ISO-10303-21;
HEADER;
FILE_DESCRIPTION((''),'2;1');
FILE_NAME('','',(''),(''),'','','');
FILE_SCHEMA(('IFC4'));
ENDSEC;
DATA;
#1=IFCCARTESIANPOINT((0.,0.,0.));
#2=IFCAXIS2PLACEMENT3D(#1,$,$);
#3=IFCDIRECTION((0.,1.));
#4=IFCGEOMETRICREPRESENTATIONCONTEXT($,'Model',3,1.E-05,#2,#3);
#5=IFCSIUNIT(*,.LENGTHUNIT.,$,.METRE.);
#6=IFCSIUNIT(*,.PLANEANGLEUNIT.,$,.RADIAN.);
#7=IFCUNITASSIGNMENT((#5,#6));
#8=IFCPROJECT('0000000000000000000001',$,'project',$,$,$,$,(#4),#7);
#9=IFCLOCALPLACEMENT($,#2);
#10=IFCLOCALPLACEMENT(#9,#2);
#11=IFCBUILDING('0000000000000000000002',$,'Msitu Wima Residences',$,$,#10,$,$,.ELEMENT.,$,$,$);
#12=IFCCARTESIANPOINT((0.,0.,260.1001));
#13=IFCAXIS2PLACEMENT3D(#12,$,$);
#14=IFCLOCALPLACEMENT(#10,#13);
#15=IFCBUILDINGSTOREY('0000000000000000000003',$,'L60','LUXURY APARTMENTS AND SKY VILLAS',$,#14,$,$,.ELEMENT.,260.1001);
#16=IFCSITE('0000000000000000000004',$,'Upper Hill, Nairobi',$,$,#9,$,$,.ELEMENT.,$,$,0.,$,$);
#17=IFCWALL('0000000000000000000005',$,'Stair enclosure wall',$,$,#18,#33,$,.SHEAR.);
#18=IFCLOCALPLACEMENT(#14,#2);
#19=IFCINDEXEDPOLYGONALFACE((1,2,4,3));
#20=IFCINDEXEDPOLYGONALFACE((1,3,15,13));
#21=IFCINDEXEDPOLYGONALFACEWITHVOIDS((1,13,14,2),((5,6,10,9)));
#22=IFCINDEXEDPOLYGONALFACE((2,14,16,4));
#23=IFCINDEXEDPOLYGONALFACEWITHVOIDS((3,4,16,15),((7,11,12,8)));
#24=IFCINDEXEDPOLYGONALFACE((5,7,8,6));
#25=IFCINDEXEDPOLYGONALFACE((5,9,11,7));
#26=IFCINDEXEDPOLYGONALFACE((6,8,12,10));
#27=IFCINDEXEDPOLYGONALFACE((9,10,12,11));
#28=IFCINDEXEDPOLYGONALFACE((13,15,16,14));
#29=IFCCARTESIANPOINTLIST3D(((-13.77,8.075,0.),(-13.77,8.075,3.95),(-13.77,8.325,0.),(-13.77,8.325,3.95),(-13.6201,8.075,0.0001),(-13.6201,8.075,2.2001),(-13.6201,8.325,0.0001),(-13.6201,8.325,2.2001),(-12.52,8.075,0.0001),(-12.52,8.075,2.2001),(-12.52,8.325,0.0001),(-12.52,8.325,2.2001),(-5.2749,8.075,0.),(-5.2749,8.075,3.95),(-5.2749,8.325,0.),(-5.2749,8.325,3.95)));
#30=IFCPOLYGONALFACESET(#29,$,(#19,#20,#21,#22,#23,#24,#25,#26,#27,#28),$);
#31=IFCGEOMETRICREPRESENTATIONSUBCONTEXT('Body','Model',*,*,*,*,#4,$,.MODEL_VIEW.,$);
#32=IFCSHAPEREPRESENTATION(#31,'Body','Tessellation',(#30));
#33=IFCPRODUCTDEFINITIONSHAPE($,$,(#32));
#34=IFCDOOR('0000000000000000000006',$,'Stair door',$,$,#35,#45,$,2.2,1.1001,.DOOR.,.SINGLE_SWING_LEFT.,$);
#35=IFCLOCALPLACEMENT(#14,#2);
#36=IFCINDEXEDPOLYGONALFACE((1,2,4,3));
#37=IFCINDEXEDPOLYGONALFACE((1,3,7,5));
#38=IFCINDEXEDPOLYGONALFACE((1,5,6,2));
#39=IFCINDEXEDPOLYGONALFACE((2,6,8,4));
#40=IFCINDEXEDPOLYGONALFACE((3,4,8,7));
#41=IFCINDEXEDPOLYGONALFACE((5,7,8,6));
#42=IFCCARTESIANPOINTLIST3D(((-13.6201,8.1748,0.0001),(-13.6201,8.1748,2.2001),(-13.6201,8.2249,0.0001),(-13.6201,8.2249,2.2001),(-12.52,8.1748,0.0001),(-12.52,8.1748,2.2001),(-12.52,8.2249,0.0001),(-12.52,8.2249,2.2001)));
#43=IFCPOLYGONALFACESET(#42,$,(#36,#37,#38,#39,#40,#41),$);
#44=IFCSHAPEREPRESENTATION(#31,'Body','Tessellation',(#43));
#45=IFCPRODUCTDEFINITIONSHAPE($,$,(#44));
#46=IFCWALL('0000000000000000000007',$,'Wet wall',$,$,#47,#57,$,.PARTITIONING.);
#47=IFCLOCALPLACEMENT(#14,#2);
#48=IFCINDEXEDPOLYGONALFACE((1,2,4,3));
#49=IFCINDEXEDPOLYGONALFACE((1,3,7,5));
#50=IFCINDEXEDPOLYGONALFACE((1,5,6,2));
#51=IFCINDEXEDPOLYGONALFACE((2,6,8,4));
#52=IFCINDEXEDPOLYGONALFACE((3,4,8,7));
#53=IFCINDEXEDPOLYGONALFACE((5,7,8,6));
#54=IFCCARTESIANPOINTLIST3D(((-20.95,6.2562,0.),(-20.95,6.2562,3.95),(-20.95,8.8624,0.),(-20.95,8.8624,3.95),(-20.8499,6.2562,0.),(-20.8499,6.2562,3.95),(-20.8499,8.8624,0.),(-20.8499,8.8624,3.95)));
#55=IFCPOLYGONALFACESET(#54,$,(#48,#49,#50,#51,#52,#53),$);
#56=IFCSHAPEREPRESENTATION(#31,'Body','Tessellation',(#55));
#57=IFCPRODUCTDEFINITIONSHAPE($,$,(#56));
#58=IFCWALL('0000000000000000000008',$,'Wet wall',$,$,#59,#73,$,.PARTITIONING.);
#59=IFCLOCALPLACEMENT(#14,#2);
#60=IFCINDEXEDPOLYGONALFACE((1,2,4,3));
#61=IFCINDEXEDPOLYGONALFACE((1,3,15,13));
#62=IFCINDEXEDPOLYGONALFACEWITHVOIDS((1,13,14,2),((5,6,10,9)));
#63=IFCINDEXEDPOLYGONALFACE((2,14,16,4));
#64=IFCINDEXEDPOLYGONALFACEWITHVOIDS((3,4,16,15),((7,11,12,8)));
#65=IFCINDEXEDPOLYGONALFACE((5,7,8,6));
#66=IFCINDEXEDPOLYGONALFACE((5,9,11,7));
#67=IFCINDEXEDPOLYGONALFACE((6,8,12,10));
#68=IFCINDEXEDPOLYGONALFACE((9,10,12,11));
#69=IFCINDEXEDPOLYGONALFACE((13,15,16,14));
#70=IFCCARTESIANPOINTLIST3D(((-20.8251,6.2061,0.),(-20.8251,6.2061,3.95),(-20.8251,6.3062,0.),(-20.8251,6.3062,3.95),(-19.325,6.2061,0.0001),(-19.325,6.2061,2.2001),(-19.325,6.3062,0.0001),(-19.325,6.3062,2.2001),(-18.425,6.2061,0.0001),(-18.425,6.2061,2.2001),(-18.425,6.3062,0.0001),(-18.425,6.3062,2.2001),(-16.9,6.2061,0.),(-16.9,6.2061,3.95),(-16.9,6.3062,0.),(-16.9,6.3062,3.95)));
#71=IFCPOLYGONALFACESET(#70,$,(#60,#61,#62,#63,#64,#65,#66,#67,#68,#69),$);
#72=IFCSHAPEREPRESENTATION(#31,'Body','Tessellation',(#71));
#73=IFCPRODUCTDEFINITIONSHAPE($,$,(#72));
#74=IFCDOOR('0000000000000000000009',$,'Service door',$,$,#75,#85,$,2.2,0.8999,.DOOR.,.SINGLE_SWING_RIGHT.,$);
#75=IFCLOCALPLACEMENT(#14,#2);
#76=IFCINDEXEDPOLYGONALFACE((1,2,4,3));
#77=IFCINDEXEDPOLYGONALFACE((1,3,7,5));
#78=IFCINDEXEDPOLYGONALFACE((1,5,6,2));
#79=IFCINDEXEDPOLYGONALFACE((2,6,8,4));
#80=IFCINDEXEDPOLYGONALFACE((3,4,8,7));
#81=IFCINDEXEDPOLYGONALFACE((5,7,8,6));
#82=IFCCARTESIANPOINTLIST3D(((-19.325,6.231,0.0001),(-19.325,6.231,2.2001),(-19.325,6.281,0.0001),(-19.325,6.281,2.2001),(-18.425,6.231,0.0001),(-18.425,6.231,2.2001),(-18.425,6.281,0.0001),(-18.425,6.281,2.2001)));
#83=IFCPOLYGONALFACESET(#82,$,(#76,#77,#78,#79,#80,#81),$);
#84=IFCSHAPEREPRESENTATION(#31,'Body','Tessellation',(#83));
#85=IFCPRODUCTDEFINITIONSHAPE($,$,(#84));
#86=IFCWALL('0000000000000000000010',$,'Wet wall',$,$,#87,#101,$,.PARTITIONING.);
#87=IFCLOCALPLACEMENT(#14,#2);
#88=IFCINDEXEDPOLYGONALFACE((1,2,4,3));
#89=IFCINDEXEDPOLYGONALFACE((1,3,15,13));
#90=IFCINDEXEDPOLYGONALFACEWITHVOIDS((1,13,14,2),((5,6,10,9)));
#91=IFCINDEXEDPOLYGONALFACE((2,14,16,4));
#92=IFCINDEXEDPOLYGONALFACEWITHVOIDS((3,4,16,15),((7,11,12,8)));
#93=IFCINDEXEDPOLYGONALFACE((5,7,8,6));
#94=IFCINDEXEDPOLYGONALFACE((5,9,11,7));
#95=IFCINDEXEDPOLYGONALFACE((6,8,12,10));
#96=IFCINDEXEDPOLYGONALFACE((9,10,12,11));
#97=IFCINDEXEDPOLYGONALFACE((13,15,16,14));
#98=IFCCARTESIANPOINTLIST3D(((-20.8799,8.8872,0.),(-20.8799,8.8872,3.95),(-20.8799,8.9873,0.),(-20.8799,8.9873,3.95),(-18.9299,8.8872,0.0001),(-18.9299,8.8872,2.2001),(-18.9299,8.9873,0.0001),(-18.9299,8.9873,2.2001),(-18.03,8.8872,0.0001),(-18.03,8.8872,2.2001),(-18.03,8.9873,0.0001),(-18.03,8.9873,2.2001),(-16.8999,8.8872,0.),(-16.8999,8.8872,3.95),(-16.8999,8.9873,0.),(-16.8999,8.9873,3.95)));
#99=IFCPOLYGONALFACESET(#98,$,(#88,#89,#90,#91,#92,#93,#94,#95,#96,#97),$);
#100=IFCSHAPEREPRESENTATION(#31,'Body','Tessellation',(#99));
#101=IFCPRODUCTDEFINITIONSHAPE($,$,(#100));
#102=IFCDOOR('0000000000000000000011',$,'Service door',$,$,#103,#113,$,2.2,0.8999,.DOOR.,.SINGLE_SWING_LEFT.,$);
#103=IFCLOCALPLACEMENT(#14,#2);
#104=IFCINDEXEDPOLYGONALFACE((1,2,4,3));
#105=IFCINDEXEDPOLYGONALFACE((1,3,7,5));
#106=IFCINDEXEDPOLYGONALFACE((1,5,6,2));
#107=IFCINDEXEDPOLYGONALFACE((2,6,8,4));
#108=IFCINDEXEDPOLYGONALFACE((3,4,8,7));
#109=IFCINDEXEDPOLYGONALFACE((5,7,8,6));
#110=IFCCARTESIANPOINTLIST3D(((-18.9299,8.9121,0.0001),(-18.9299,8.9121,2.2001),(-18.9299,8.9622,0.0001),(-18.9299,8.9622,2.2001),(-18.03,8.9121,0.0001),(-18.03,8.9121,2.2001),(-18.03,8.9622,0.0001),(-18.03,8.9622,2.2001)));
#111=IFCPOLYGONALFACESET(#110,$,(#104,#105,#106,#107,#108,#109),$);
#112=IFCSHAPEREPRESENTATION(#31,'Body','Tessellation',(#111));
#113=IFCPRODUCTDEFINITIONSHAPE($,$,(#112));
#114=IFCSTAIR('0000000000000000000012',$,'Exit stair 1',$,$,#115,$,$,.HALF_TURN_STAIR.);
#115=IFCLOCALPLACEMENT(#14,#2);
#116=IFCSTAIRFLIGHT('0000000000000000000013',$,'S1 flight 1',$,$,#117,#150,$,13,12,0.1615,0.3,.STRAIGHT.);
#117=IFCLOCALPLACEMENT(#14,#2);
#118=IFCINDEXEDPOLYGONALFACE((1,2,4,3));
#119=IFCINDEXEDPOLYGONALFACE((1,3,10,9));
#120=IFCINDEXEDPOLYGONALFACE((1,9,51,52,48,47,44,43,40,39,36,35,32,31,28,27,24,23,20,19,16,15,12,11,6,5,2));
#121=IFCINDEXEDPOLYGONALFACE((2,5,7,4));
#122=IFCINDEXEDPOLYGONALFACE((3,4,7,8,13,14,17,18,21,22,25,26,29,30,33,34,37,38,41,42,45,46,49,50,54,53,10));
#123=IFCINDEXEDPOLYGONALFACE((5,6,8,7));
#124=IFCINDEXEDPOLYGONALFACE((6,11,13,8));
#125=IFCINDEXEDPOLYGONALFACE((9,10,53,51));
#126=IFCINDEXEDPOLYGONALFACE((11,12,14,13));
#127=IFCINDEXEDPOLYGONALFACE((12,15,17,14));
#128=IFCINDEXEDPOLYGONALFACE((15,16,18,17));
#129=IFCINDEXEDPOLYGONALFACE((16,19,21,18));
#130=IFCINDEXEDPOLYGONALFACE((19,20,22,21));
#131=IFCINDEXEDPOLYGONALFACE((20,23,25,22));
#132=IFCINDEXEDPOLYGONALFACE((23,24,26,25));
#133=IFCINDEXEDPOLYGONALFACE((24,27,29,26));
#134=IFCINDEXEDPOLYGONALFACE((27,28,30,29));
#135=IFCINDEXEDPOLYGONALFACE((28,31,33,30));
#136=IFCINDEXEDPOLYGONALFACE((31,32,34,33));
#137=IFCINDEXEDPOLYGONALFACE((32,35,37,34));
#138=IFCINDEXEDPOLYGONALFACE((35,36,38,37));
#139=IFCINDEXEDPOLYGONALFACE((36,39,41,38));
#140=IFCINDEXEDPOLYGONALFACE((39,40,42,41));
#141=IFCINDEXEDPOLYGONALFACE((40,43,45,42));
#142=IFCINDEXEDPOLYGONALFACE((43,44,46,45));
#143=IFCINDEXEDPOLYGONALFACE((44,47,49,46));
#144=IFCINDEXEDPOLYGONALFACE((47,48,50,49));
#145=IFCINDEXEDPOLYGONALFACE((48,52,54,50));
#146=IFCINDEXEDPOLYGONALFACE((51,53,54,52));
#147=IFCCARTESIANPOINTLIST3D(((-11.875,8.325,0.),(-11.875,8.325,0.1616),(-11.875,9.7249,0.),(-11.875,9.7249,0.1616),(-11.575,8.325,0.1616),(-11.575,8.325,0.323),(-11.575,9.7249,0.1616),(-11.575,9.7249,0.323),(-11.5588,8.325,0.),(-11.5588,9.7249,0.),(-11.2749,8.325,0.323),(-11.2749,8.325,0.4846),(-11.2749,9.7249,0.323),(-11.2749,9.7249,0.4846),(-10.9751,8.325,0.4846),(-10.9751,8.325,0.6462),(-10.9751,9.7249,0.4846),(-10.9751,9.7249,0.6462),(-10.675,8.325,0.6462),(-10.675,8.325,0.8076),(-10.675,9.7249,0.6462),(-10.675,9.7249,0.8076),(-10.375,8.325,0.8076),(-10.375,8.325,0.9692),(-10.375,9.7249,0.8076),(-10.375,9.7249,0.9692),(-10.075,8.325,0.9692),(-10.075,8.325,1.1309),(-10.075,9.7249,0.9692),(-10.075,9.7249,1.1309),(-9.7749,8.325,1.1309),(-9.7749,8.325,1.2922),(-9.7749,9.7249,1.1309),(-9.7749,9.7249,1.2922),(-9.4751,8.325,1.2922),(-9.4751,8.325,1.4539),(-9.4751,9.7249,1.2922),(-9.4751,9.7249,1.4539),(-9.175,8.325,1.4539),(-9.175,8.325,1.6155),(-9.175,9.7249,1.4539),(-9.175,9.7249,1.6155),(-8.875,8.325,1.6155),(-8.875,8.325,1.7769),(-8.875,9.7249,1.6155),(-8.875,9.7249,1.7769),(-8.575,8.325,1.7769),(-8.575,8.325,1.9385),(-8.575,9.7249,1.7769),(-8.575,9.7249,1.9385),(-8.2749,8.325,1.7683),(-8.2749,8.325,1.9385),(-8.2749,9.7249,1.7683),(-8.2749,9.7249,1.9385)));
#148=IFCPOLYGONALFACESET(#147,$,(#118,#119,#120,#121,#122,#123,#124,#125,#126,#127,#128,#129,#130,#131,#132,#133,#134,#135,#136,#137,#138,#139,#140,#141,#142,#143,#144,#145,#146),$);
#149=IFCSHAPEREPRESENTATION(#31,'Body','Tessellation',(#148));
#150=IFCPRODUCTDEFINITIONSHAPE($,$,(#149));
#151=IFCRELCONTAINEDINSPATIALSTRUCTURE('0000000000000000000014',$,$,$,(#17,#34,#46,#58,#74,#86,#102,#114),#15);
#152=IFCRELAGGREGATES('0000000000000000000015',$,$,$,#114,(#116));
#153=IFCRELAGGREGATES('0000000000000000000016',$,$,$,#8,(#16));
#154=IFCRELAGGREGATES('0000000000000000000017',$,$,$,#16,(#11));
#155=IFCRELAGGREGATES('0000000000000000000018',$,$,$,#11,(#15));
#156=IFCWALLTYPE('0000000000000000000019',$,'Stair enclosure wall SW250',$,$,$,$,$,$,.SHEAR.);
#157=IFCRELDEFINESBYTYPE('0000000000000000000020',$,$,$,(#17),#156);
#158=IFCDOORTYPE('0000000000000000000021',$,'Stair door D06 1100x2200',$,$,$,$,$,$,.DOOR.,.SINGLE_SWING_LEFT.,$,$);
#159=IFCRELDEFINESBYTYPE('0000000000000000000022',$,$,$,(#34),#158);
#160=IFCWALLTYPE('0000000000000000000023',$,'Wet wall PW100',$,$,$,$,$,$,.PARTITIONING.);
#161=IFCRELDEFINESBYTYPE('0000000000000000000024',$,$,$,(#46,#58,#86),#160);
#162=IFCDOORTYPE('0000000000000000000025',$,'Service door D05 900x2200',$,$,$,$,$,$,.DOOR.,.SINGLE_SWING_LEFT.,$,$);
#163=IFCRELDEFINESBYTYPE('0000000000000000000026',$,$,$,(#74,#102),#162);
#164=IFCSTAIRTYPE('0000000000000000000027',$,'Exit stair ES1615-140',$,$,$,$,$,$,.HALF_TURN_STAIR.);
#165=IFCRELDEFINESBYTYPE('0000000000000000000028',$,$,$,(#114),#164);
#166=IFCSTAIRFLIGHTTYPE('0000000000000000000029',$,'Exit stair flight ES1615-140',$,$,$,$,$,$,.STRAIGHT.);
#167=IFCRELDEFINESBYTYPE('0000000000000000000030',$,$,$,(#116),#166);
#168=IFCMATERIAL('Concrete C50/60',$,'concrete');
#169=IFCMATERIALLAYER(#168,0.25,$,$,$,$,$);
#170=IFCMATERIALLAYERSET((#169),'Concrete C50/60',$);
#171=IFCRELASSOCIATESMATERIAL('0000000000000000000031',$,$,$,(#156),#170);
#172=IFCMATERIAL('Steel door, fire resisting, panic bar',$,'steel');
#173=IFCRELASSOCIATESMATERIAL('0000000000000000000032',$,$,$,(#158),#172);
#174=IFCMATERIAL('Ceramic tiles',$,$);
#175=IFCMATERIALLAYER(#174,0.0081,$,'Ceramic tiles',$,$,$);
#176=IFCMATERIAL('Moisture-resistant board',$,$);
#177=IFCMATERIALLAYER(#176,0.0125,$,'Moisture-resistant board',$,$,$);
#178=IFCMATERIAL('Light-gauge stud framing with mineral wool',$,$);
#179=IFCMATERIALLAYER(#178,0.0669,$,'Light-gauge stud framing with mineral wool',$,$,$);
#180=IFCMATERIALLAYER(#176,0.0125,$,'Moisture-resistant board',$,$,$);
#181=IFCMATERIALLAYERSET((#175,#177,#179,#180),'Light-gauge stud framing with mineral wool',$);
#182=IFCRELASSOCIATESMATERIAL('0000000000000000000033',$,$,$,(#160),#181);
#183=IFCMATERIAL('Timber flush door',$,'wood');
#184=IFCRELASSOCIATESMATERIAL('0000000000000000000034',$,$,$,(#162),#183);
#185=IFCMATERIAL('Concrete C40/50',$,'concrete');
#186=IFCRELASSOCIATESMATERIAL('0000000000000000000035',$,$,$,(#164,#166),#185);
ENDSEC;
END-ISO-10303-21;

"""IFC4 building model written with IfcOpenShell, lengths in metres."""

from ifc_helpers import new_model, si_unit, direction, frame, frame_2d, origin, place, context, subcontext, project, spatial, polyline, rectangle, outline, extrude, material, layer, layer_set, type_object, element, fill, aggregate, save


model = new_model("IFC4")

# Units and contexts
model_context = context("Model", 3, precision=1e-05, world=origin(), true_north=direction((0.0, 1.0)))
body_context = subcontext(model_context, "Body", "Model", "MODEL_VIEW")
ifc_project = project(units=[si_unit("LENGTHUNIT", "METRE"), si_unit("PLANEANGLEUNIT", "RADIAN")], contexts=[model_context])

# Site, building, storey
site_placement = place(None, origin())
site = spatial("IfcSite", under=ifc_project, at=site_placement, Name="Upper Hill, Nairobi", CompositionType="ELEMENT", RefElevation=0.0)
building_placement = place(site_placement, origin())
building = spatial("IfcBuilding", under=site, at=building_placement, Name="Msitu Wima Residences", CompositionType="ELEMENT")
storey_placement = place(building_placement, frame((0.0, 0.0, 260.1001)))
storey = spatial("IfcBuildingStorey", under=building, at=storey_placement, Name="L60", Description="LUXURY APARTMENTS AND SKY VILLAS", CompositionType="ELEMENT", Elevation=260.1001)

# Shared definitions
ifc_material_1 = material(Name="Concrete C50/60", Category="concrete")

# Shared definitions
ifc_material_2 = material(Name="Timber flush door", Category="wood")

# Shared definitions
ifc_material_3 = material(Name="Light-gauge stud framing with mineral wool")

# Wall, opening, door
ifc_layer_1 = layer(ifc_material_1, 0.25)
ifc_layer_set_1 = layer_set([ifc_layer_1], Name="Concrete C50/60")
wall_type_1 = type_object("IfcWallType", Name="Stair enclosure wall SW250", PredefinedType="SHEAR", material=ifc_layer_set_1)
wall_1_placement = place(storey_placement, frame((-13.77, 8.2, 0.0), z_axis=(0.0, 0.0, 1.0), x_axis=(1.0, 0.0, 0.0)))
wall_1 = element("IfcWall", 1, at=wall_1_placement, inside=storey, type_object=wall_type_1, Name="Stair enclosure wall", PredefinedType="SHEAR", context=body_context, shape_type="SweptSolid", body=[
    extrude(rectangle(XDim=8.4951, YDim=0.25, at=frame_2d((4.2476, 0.0))), origin(), (0.0, 0.0, 1.0), 3.95),
])
opening_1_placement = place(wall_1_placement, frame((0.1499, 0.0, 0.0)))
opening_1 = element("IfcOpeningElement", 2, at=opening_1_placement, cuts=wall_1, PredefinedType="OPENING", context=body_context, shape_type="SweptSolid", body=[
    extrude(rectangle(XDim=1.1001, YDim=2.2, at=frame_2d((0.55, 1.1001))), frame((0.0, 0.135, 0.0), z_axis=(0.0, -1.0, 0.0), x_axis=(1.0, 0.0, 0.0)), (0.0, 0.0, 1.0), 0.27),
])
ifc_material_4 = material(Name="Steel door, fire resisting, panic bar", Category="steel")
door_type_1 = type_object("IfcDoorType", Name="Stair door D06 1100x2200", OperationType="SINGLE_SWING_LEFT", PredefinedType="DOOR", material=ifc_material_4)
door_1_placement = place(opening_1_placement, origin())
door_1 = element("IfcDoor", 3, at=door_1_placement, inside=storey, type_object=door_type_1, Name="Stair door", OperationType="SINGLE_SWING_LEFT", OverallHeight=2.2, OverallWidth=1.1001, PredefinedType="DOOR", context=body_context, shape_type="SweptSolid", body=[
    extrude(rectangle(XDim=1.1001, YDim=2.2, at=frame_2d((0.55, 1.1001))), frame((0.0, 0.0249, 0.0), z_axis=(0.0, -1.0, 0.0), x_axis=(1.0, 0.0, 0.0)), (0.0, 0.0, 1.0), 0.05),
])
fill(opening_1, door_1)

# Wall
ifc_material_5 = material(Name="Ceramic tiles")
ifc_layer_2 = layer(ifc_material_5, 0.0081, Name="Ceramic tiles")
ifc_material_6 = material(Name="Moisture-resistant board")
ifc_layer_3 = layer(ifc_material_6, 0.0125, Name="Moisture-resistant board")
ifc_layer_4 = layer(ifc_material_3, 0.0669, Name="Light-gauge stud framing with mineral wool")
ifc_layer_5 = layer(ifc_material_6, 0.0125, Name="Moisture-resistant board")
ifc_layer_set_2 = layer_set([ifc_layer_2, ifc_layer_3, ifc_layer_4, ifc_layer_5], Name="Light-gauge stud framing with mineral wool")
wall_type_2 = type_object("IfcWallType", Name="Wet wall PW100", PredefinedType="PARTITIONING", material=ifc_layer_set_2)
wall_2_placement = place(storey_placement, frame((-20.8999, 6.2561, 0.0), z_axis=(0.0, 0.0, 1.0), x_axis=(0.0, 1.0, 0.0)))
element("IfcWall", 4, at=wall_2_placement, inside=storey, type_object=wall_type_2, Name="Wet wall", PredefinedType="PARTITIONING", context=body_context, shape_type="SweptSolid", body=[
    extrude(rectangle(XDim=2.6062, YDim=0.1001, at=frame_2d((1.3032, 0.0))), origin(), (0.0, 0.0, 1.0), 3.95),
])

# Walls, openings, doors
wall_3_placement = place(storey_placement, frame((-20.825, 6.2561, 0.0), z_axis=(0.0, 0.0, 1.0), x_axis=(1.0, 0.0, 0.0)))
wall_3 = element("IfcWall", 5, at=wall_3_placement, inside=storey, type_object=wall_type_2, Name="Wet wall", PredefinedType="PARTITIONING", context=body_context, shape_type="SweptSolid", body=[
    extrude(rectangle(XDim=3.925, YDim=0.1001, at=frame_2d((1.9624, 0.0))), origin(), (0.0, 0.0, 1.0), 3.95),
])
opening_2_placement = place(wall_3_placement, frame((1.5, 0.0, 0.0)))
opening_2 = element("IfcOpeningElement", 6, at=opening_2_placement, cuts=wall_3, PredefinedType="OPENING", context=body_context, shape_type="SweptSolid", body=[
    extrude(rectangle(XDim=0.8999, YDim=2.2, at=frame_2d((0.45, 1.1001))), frame((0.0, 0.0601, 0.0), z_axis=(0.0, -1.0, 0.0), x_axis=(1.0, 0.0, 0.0)), (0.0, 0.0, 1.0), 0.1201),
])
door_type_2 = type_object("IfcDoorType", Name="Service door D05 900x2200", OperationType="SINGLE_SWING_LEFT", PredefinedType="DOOR", material=ifc_material_2)
door_2_placement = place(opening_2_placement, origin())
door_2 = element("IfcDoor", 7, at=door_2_placement, inside=storey, type_object=door_type_2, Name="Service door", OperationType="SINGLE_SWING_RIGHT", OverallHeight=2.2, OverallWidth=0.8999, PredefinedType="DOOR", context=body_context, shape_type="SweptSolid", body=[
    extrude(rectangle(XDim=0.8999, YDim=2.2, at=frame_2d((0.45, 1.1001))), frame((0.0, 0.0249, 0.0), z_axis=(0.0, -1.0, 0.0), x_axis=(1.0, 0.0, 0.0)), (0.0, 0.0, 1.0), 0.05),
])
fill(opening_2, door_2)
wall_4_placement = place(storey_placement, frame((-20.8799, 8.9373, 0.0), z_axis=(0.0, 0.0, 1.0), x_axis=(1.0, 0.0, 0.0)))
wall_4 = element("IfcWall", 8, at=wall_4_placement, inside=storey, type_object=wall_type_2, Name="Wet wall", PredefinedType="PARTITIONING", context=body_context, shape_type="SweptSolid", body=[
    extrude(rectangle(XDim=3.98, YDim=0.1001, at=frame_2d((1.99, 0.0))), origin(), (0.0, 0.0, 1.0), 3.95),
])
opening_3_placement = place(wall_4_placement, frame((1.95, 0.0, 0.0)))
opening_3 = element("IfcOpeningElement", 9, at=opening_3_placement, cuts=wall_4, PredefinedType="OPENING", context=body_context, shape_type="SweptSolid", body=[
    extrude(rectangle(XDim=0.8999, YDim=2.2, at=frame_2d((0.45, 1.1001))), frame((0.0, 0.0601, 0.0), z_axis=(0.0, -1.0, 0.0), x_axis=(1.0, 0.0, 0.0)), (0.0, 0.0, 1.0), 0.1201),
])
door_3_placement = place(opening_3_placement, origin())
door_3 = element("IfcDoor", 10, at=door_3_placement, inside=storey, type_object=door_type_2, Name="Service door", OperationType="SINGLE_SWING_LEFT", OverallHeight=2.2, OverallWidth=0.8999, PredefinedType="DOOR", context=body_context, shape_type="SweptSolid", body=[
    extrude(rectangle(XDim=0.8999, YDim=2.2, at=frame_2d((0.45, 1.1001))), frame((0.0, 0.0249, 0.0), z_axis=(0.0, -1.0, 0.0), x_axis=(1.0, 0.0, 0.0)), (0.0, 0.0, 1.0), 0.05),
])
fill(opening_3, door_3)

# Stair, stair flight
ifc_material_7 = material(Name="Concrete C40/50", Category="concrete")
stair_type = type_object("IfcStairType", Name="Exit stair ES1615-140", PredefinedType="HALF_TURN_STAIR", material=ifc_material_7)
stair_placement = place(storey_placement, origin())
stair = element("IfcStair", 11, at=stair_placement, inside=storey, type_object=stair_type, Name="Exit stair 1", PredefinedType="HALF_TURN_STAIR")
stair_flight_type = type_object("IfcStairFlightType", Name="Exit stair flight ES1615-140", PredefinedType="STRAIGHT", material=ifc_material_7)
stair_flight_placement = place(storey_placement, frame((-11.875, 9.0249, 0.0), z_axis=(0.0, 0.0, 1.0), x_axis=(1.0, 0.0, 0.0)))
stair_flight = element("IfcStairFlight", 12, at=stair_flight_placement, type_object=stair_flight_type, Name="S1 flight 1", NumberOfRisers=13, NumberOfTreads=12, PredefinedType="STRAIGHT", RiserHeight=0.1615, TreadLength=0.3, context=body_context, shape_type="SweptSolid", body=[
    extrude(outline(polyline([(0.0, 0.0), (0.0, 0.1616), (0.3, 0.1616), (0.3, 0.323), (0.6001, 0.323), (0.6001, 0.4846), (0.8999, 0.4846), (0.8999, 0.6462), (1.2, 0.6462), (1.2, 0.8076), (1.5, 0.8076), (1.5, 0.9692), (1.8, 0.9692), (1.8, 1.1309), (2.1001, 1.1309), (2.1001, 1.2922), (2.3999, 1.2922), (2.3999, 1.4539), (2.7, 1.4539), (2.7, 1.6155), (3.0, 1.6155), (3.0, 1.7769), (3.3, 1.7769), (3.3, 1.9385), (3.6001, 1.9385), (3.6001, 2.1001), (3.6001, 1.7683), (0.3162, 0.0), (0.0, 0.0)])), frame((0.0, 0.7, 0.0), z_axis=(0.0, -1.0, 0.0), x_axis=(1.0, 0.0, 0.0)), (0.0, 0.0, 1.0), 1.3999),
])
aggregate(stair, [stair_flight])

save(model, "model.ifc")
